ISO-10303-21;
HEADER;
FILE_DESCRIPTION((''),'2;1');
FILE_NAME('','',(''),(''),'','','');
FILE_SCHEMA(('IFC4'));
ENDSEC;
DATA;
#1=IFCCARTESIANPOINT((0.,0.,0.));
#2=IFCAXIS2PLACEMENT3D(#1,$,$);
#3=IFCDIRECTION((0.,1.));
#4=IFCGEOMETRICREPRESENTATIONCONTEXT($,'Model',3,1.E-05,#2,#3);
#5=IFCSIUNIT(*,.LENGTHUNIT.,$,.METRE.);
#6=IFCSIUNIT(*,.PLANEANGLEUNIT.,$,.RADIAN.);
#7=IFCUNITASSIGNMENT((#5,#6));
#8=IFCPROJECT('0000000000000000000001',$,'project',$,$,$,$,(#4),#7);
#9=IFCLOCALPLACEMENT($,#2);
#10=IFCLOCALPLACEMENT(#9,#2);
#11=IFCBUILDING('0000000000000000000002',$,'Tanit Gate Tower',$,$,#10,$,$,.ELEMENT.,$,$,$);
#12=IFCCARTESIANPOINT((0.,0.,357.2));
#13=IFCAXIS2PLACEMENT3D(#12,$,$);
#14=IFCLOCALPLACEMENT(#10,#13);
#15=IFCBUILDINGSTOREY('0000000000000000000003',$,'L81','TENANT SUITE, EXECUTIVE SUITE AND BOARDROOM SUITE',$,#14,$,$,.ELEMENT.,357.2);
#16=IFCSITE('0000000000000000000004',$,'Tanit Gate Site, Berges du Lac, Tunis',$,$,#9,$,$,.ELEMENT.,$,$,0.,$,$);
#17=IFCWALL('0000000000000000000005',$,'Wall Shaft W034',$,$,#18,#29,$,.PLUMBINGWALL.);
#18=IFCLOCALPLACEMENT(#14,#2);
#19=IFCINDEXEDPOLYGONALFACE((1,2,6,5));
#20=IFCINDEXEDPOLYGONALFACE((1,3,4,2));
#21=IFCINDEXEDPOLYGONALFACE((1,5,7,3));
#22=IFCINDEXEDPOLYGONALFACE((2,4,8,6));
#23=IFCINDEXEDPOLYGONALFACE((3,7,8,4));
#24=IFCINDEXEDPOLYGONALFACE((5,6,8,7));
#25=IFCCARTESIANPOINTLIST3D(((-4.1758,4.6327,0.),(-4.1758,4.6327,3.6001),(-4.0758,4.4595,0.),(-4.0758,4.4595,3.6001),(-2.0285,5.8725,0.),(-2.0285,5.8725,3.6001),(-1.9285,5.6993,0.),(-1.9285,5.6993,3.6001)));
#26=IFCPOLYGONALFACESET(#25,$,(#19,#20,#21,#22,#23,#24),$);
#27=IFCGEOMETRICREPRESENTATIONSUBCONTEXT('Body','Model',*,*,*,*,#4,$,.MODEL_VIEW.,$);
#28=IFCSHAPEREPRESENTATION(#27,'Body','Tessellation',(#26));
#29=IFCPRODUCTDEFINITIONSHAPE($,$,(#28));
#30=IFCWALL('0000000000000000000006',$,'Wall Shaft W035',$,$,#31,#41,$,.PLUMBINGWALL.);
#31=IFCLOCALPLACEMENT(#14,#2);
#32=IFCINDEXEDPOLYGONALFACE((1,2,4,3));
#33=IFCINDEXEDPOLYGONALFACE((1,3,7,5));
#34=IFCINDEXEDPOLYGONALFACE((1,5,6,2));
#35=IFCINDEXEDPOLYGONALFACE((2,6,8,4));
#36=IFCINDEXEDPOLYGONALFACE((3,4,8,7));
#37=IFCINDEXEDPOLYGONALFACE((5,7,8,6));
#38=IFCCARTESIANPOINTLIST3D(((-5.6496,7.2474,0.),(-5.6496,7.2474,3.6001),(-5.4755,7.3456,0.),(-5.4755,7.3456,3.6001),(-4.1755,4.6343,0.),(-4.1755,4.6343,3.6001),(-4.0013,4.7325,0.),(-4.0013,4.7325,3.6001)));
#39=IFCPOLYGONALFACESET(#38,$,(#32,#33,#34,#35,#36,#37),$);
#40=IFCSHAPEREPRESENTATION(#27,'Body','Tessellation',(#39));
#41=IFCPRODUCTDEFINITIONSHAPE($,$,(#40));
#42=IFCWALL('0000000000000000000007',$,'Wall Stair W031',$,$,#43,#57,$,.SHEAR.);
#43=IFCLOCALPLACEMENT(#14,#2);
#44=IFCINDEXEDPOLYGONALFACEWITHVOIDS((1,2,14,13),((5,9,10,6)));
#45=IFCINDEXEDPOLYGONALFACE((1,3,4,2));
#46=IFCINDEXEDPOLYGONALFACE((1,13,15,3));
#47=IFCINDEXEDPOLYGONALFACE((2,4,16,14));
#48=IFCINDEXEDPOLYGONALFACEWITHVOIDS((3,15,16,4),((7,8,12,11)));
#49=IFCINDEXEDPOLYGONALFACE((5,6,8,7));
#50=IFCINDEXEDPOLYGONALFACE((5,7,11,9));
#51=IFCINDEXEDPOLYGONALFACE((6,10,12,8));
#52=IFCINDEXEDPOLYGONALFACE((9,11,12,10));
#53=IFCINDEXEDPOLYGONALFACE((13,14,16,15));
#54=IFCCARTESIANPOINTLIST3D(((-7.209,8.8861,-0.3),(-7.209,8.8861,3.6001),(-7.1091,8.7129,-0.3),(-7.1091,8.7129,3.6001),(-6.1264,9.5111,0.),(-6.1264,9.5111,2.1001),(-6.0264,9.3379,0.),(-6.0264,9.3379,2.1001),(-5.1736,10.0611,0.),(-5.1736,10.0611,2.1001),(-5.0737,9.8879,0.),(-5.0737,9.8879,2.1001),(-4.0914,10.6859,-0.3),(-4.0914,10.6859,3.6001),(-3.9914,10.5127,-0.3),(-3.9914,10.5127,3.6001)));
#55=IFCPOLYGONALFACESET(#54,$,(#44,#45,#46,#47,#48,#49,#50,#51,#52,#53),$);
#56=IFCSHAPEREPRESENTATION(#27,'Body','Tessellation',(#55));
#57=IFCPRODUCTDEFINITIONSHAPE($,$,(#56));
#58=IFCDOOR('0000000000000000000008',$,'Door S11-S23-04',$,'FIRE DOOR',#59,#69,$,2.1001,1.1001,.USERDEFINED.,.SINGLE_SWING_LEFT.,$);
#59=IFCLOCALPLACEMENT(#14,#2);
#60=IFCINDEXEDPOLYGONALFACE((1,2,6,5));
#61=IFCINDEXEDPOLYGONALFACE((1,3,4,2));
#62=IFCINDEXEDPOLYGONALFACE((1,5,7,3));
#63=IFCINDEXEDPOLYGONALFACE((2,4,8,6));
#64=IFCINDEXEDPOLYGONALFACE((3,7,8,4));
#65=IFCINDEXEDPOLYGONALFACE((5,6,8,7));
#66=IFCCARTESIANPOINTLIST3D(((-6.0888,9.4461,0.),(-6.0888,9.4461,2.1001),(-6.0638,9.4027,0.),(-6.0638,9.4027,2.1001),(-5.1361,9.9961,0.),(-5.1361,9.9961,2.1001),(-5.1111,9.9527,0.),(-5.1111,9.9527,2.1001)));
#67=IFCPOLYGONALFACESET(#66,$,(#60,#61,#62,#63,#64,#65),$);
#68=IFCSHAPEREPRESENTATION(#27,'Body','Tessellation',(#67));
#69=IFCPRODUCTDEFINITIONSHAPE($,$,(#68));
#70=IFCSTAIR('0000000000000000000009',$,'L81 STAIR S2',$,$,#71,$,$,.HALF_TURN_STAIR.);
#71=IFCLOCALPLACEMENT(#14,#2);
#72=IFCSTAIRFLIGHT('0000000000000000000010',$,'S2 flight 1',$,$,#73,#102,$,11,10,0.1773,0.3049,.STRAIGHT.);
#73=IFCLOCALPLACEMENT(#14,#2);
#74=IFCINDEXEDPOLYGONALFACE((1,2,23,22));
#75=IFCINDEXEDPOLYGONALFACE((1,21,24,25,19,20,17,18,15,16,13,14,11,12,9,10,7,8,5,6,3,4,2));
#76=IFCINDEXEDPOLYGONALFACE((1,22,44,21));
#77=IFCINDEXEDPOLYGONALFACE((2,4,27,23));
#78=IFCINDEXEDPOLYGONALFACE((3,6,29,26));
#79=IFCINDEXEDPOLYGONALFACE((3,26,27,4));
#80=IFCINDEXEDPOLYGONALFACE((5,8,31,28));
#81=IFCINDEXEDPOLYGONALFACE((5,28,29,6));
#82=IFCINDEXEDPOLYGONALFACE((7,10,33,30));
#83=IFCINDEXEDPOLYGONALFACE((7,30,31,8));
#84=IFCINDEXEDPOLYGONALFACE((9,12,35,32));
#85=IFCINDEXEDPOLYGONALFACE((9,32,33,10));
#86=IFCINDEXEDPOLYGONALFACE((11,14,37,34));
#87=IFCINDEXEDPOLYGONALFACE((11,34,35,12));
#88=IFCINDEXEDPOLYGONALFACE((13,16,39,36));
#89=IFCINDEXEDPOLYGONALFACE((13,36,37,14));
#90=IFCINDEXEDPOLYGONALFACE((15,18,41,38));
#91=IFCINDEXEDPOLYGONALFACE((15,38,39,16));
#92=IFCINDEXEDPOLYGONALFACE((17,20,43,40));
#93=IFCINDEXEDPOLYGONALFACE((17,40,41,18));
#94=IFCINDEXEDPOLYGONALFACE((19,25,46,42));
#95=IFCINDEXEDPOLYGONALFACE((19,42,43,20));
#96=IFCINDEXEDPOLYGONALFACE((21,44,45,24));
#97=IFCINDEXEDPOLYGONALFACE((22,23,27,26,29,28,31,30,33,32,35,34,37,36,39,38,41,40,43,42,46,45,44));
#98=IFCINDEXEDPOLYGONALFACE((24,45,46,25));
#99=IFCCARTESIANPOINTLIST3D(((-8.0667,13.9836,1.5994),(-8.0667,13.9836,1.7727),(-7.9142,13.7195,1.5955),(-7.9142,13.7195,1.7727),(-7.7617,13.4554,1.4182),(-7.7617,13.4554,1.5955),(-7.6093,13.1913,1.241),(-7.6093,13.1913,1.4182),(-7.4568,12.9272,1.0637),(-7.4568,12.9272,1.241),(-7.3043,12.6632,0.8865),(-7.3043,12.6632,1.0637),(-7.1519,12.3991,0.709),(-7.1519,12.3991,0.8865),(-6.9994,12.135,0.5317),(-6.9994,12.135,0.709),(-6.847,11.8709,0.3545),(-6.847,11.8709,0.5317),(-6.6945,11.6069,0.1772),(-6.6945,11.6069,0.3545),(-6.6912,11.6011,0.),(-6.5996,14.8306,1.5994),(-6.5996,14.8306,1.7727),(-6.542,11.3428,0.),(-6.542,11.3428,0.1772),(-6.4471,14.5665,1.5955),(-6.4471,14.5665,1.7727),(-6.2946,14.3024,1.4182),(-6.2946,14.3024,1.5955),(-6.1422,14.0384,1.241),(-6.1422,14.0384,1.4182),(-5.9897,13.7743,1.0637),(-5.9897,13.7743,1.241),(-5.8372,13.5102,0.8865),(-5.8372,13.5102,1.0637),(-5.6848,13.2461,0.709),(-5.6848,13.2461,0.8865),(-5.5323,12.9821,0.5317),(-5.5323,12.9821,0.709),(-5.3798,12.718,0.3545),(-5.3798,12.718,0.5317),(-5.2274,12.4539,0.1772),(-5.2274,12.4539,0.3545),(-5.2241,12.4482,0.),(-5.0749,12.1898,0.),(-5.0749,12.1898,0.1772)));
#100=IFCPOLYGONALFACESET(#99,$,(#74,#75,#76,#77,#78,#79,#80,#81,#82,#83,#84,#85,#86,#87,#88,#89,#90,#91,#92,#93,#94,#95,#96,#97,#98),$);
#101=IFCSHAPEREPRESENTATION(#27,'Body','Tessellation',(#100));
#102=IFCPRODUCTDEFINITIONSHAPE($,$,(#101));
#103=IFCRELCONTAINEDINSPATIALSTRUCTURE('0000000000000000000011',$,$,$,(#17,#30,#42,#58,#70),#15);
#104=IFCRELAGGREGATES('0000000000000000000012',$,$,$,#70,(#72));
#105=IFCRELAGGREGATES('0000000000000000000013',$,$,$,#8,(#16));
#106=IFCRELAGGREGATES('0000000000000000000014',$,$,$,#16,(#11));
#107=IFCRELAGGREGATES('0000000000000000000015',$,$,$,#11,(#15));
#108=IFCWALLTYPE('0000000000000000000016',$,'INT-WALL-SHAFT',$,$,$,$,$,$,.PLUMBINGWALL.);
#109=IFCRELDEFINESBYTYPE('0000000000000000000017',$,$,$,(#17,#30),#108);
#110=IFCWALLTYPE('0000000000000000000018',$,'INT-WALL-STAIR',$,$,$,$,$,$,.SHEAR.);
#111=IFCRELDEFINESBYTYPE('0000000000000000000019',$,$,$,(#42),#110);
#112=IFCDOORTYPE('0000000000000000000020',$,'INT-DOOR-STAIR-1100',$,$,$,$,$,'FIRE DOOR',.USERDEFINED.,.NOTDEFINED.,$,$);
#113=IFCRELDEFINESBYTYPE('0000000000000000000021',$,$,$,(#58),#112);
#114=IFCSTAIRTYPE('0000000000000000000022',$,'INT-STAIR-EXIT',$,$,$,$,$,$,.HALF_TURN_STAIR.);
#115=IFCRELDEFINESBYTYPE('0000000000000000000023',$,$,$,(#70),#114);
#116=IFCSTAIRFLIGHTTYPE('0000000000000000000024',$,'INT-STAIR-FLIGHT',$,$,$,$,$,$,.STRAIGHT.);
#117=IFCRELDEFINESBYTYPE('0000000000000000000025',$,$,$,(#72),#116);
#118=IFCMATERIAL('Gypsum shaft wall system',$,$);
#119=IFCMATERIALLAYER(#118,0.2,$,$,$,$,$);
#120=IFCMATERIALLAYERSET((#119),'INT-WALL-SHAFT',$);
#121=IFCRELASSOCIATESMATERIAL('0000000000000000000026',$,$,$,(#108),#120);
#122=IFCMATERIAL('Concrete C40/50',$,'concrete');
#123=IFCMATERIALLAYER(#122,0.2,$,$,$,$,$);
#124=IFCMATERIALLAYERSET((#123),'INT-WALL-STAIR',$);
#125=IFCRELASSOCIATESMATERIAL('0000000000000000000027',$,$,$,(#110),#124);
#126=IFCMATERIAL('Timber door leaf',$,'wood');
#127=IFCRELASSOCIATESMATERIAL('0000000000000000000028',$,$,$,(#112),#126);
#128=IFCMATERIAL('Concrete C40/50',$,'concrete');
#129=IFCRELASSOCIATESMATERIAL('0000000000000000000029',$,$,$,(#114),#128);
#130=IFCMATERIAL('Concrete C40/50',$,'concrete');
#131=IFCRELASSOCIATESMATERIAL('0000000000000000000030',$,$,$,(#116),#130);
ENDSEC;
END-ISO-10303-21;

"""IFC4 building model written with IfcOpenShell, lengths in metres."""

from ifc_helpers import new_model, si_unit, direction, frame, frame_2d, origin, place, context, subcontext, project, spatial, polyline, rectangle, outline, extrude, material, layer, layer_set, type_object, element, fill, aggregate, save


model = new_model("IFC4")

# Units and contexts
model_context = context("Model", 3, precision=1e-05, world=origin(), true_north=direction((0.0, 1.0)))
body_context = subcontext(model_context, "Body", "Model", "MODEL_VIEW")
ifc_project = project(units=[si_unit("LENGTHUNIT", "METRE"), si_unit("PLANEANGLEUNIT", "RADIAN")], contexts=[model_context])

# Site, building, storey
site_placement = place(None, origin())
site = spatial("IfcSite", under=ifc_project, at=site_placement, Name="Tanit Gate Site, Berges du Lac, Tunis", CompositionType="ELEMENT", RefElevation=0.0)
building_placement = place(site_placement, origin())
building = spatial("IfcBuilding", under=site, at=building_placement, Name="Tanit Gate Tower", CompositionType="ELEMENT")
storey_placement = place(building_placement, frame((0.0, 0.0, 357.2)))
storey = spatial("IfcBuildingStorey", under=building, at=storey_placement, Name="L81", Description="TENANT SUITE, EXECUTIVE SUITE AND BOARDROOM SUITE", CompositionType="ELEMENT", Elevation=357.2)

# Shared definitions
ifc_material_1 = material(Name="Gypsum shaft wall system")
ifc_layer_1 = layer(ifc_material_1, 0.2)
ifc_layer_set_1 = layer_set([ifc_layer_1], Name="INT-WALL-SHAFT")
wall_type_1 = type_object("IfcWallType", Name="INT-WALL-SHAFT", PredefinedType="PLUMBINGWALL", material=ifc_layer_set_1)

# Walls
wall_1_placement = place(storey_placement, frame((-1.9785, 5.7859, 0.0), z_axis=(0.0, 0.0, 1.0), x_axis=(-0.866017, -0.500015, 0.0)))
element("IfcWall", 1, at=wall_1_placement, inside=storey, type_object=wall_type_1, Name="Wall Shaft W034", PredefinedType="PLUMBINGWALL", context=body_context, shape_type="SweptSolid", body=[
    extrude(rectangle(XDim=2.4795, YDim=0.2, at=frame_2d((1.2397, 0.0))), origin(), (0.0, 0.0, 1.0), 3.6001),
])
wall_2_placement = place(storey_placement, frame((-5.5625, 7.2964, 0.0), z_axis=(0.0, 0.0, 1.0), x_axis=(0.491347, -0.870964, 0.0)))
element("IfcWall", 2, at=wall_2_placement, inside=storey, type_object=wall_type_1, Name="Wall Shaft W035", PredefinedType="PLUMBINGWALL", context=body_context, shape_type="SweptSolid", body=[
    extrude(rectangle(XDim=3.0002, YDim=0.2, at=frame_2d((1.5, 0.0))), origin(), (0.0, 0.0, 1.0), 3.6001),
])

# Wall, opening, door
ifc_material_2 = material(Name="Concrete C40/50", Category="concrete")
ifc_layer_2 = layer(ifc_material_2, 0.2)
ifc_layer_set_2 = layer_set([ifc_layer_2], Name="INT-WALL-STAIR")
wall_type_2 = type_object("IfcWallType", Name="INT-WALL-STAIR", PredefinedType="SHEAR", material=ifc_layer_set_2)
wall_3_placement = place(storey_placement, frame((-7.1589, 8.7996, -0.3), z_axis=(0.0, 0.0, 1.0), x_axis=(0.866048, 0.499961, 0.0)))
wall_3 = element("IfcWall", 3, at=wall_3_placement, inside=storey, type_object=wall_type_2, Name="Wall Stair W031", PredefinedType="SHEAR", context=body_context, shape_type="SweptSolid", body=[
    extrude(rectangle(XDim=3.5999, YDim=0.2, at=frame_2d((1.7998, 0.0))), origin(), (0.0, 0.0, 1.0), 3.9001),
])
opening_1_placement = place(wall_3_placement, frame((1.25, 0.0, 0.3)))
opening_1 = element("IfcOpeningElement", 4, at=opening_1_placement, cuts=wall_3, PredefinedType="OPENING", context=body_context, shape_type="SweptSolid", body=[
    extrude(rectangle(XDim=1.1001, YDim=2.1001, at=frame_2d((0.55, 1.05))), frame((0.0, 0.1099, 0.0), z_axis=(0.0, -1.0, 0.0), x_axis=(1.0, 0.0, 0.0)), (0.0, 0.0, 1.0), 0.22),
])
ifc_material_3 = material(Name="Timber door leaf", Category="wood")
door_type_1 = type_object("IfcDoorType", Name="INT-DOOR-STAIR-1100", ElementType="FIRE DOOR", OperationType="NOTDEFINED", PredefinedType="USERDEFINED", material=ifc_material_3)
door_1_placement = place(opening_1_placement, origin())
door_1 = element("IfcDoor", 5, at=door_1_placement, inside=storey, type_object=door_type_1, Name="Door S11-S23-04", ObjectType="FIRE DOOR", OperationType="SINGLE_SWING_LEFT", OverallHeight=2.1001, OverallWidth=1.1001, PredefinedType="USERDEFINED", context=body_context, shape_type="SweptSolid", body=[
    extrude(rectangle(XDim=1.1001, YDim=2.1001, at=frame_2d((0.55, 1.05))), frame((0.0, 0.0249, 0.0), z_axis=(0.0, -1.0, 0.0), x_axis=(1.0, 0.0, 0.0)), (0.0, 0.0, 1.0), 0.05),
])
fill(opening_1, door_1)

# Stair, stair flight
ifc_material_4 = material(Name="Concrete C40/50", Category="concrete")
stair_type = type_object("IfcStairType", Name="INT-STAIR-EXIT", PredefinedType="HALF_TURN_STAIR", material=ifc_material_4)
stair_placement = place(storey_placement, origin())
stair = element("IfcStair", 6, at=stair_placement, inside=storey, type_object=stair_type, Name="L81 STAIR S2", PredefinedType="HALF_TURN_STAIR")
ifc_material_5 = material(Name="Concrete C40/50", Category="concrete")
stair_flight_type = type_object("IfcStairFlightType", Name="INT-STAIR-FLIGHT", PredefinedType="STRAIGHT", material=ifc_material_5)
stair_flight_placement = place(storey_placement, frame((-5.8083, 11.7664, 0.0), z_axis=(0.0, 0.0, 1.0), x_axis=(-0.5, 0.866025, 0.0)))
stair_flight = element("IfcStairFlight", 7, at=stair_flight_placement, type_object=stair_flight_type, Name="S2 flight 1", NumberOfRisers=11, NumberOfTreads=10, PredefinedType="STRAIGHT", RiserHeight=0.1773, TreadLength=0.3049, context=body_context, shape_type="SweptSolid", body=[
    extrude(outline(polyline([(0.0, 0.0), (0.0, 0.1772), (0.3049, 0.1772), (0.3049, 0.3545), (0.6099, 0.3545), (0.6099, 0.5317), (0.9148, 0.5317), (0.9148, 0.709), (1.2197, 0.709), (1.2197, 0.8865), (1.5247, 0.8865), (1.5247, 1.0637), (1.8296, 1.0637), (1.8296, 1.241), (2.1345, 1.241), (2.1345, 1.4182), (2.4395, 1.4182), (2.4395, 1.5955), (2.7444, 1.5955), (2.7444, 1.7727), (3.0493, 1.7727), (3.0493, 1.95), (3.0493, 1.5994), (0.2983, 0.0), (0.0, 0.0)])), frame((0.0, 0.8472, 0.0), z_axis=(0.0, -1.0, 0.0), x_axis=(1.0, 0.0, 0.0)), (0.0, 0.0, 1.0), 1.6941),
])
aggregate(stair, [stair_flight])

save(model, "model.ifc")
